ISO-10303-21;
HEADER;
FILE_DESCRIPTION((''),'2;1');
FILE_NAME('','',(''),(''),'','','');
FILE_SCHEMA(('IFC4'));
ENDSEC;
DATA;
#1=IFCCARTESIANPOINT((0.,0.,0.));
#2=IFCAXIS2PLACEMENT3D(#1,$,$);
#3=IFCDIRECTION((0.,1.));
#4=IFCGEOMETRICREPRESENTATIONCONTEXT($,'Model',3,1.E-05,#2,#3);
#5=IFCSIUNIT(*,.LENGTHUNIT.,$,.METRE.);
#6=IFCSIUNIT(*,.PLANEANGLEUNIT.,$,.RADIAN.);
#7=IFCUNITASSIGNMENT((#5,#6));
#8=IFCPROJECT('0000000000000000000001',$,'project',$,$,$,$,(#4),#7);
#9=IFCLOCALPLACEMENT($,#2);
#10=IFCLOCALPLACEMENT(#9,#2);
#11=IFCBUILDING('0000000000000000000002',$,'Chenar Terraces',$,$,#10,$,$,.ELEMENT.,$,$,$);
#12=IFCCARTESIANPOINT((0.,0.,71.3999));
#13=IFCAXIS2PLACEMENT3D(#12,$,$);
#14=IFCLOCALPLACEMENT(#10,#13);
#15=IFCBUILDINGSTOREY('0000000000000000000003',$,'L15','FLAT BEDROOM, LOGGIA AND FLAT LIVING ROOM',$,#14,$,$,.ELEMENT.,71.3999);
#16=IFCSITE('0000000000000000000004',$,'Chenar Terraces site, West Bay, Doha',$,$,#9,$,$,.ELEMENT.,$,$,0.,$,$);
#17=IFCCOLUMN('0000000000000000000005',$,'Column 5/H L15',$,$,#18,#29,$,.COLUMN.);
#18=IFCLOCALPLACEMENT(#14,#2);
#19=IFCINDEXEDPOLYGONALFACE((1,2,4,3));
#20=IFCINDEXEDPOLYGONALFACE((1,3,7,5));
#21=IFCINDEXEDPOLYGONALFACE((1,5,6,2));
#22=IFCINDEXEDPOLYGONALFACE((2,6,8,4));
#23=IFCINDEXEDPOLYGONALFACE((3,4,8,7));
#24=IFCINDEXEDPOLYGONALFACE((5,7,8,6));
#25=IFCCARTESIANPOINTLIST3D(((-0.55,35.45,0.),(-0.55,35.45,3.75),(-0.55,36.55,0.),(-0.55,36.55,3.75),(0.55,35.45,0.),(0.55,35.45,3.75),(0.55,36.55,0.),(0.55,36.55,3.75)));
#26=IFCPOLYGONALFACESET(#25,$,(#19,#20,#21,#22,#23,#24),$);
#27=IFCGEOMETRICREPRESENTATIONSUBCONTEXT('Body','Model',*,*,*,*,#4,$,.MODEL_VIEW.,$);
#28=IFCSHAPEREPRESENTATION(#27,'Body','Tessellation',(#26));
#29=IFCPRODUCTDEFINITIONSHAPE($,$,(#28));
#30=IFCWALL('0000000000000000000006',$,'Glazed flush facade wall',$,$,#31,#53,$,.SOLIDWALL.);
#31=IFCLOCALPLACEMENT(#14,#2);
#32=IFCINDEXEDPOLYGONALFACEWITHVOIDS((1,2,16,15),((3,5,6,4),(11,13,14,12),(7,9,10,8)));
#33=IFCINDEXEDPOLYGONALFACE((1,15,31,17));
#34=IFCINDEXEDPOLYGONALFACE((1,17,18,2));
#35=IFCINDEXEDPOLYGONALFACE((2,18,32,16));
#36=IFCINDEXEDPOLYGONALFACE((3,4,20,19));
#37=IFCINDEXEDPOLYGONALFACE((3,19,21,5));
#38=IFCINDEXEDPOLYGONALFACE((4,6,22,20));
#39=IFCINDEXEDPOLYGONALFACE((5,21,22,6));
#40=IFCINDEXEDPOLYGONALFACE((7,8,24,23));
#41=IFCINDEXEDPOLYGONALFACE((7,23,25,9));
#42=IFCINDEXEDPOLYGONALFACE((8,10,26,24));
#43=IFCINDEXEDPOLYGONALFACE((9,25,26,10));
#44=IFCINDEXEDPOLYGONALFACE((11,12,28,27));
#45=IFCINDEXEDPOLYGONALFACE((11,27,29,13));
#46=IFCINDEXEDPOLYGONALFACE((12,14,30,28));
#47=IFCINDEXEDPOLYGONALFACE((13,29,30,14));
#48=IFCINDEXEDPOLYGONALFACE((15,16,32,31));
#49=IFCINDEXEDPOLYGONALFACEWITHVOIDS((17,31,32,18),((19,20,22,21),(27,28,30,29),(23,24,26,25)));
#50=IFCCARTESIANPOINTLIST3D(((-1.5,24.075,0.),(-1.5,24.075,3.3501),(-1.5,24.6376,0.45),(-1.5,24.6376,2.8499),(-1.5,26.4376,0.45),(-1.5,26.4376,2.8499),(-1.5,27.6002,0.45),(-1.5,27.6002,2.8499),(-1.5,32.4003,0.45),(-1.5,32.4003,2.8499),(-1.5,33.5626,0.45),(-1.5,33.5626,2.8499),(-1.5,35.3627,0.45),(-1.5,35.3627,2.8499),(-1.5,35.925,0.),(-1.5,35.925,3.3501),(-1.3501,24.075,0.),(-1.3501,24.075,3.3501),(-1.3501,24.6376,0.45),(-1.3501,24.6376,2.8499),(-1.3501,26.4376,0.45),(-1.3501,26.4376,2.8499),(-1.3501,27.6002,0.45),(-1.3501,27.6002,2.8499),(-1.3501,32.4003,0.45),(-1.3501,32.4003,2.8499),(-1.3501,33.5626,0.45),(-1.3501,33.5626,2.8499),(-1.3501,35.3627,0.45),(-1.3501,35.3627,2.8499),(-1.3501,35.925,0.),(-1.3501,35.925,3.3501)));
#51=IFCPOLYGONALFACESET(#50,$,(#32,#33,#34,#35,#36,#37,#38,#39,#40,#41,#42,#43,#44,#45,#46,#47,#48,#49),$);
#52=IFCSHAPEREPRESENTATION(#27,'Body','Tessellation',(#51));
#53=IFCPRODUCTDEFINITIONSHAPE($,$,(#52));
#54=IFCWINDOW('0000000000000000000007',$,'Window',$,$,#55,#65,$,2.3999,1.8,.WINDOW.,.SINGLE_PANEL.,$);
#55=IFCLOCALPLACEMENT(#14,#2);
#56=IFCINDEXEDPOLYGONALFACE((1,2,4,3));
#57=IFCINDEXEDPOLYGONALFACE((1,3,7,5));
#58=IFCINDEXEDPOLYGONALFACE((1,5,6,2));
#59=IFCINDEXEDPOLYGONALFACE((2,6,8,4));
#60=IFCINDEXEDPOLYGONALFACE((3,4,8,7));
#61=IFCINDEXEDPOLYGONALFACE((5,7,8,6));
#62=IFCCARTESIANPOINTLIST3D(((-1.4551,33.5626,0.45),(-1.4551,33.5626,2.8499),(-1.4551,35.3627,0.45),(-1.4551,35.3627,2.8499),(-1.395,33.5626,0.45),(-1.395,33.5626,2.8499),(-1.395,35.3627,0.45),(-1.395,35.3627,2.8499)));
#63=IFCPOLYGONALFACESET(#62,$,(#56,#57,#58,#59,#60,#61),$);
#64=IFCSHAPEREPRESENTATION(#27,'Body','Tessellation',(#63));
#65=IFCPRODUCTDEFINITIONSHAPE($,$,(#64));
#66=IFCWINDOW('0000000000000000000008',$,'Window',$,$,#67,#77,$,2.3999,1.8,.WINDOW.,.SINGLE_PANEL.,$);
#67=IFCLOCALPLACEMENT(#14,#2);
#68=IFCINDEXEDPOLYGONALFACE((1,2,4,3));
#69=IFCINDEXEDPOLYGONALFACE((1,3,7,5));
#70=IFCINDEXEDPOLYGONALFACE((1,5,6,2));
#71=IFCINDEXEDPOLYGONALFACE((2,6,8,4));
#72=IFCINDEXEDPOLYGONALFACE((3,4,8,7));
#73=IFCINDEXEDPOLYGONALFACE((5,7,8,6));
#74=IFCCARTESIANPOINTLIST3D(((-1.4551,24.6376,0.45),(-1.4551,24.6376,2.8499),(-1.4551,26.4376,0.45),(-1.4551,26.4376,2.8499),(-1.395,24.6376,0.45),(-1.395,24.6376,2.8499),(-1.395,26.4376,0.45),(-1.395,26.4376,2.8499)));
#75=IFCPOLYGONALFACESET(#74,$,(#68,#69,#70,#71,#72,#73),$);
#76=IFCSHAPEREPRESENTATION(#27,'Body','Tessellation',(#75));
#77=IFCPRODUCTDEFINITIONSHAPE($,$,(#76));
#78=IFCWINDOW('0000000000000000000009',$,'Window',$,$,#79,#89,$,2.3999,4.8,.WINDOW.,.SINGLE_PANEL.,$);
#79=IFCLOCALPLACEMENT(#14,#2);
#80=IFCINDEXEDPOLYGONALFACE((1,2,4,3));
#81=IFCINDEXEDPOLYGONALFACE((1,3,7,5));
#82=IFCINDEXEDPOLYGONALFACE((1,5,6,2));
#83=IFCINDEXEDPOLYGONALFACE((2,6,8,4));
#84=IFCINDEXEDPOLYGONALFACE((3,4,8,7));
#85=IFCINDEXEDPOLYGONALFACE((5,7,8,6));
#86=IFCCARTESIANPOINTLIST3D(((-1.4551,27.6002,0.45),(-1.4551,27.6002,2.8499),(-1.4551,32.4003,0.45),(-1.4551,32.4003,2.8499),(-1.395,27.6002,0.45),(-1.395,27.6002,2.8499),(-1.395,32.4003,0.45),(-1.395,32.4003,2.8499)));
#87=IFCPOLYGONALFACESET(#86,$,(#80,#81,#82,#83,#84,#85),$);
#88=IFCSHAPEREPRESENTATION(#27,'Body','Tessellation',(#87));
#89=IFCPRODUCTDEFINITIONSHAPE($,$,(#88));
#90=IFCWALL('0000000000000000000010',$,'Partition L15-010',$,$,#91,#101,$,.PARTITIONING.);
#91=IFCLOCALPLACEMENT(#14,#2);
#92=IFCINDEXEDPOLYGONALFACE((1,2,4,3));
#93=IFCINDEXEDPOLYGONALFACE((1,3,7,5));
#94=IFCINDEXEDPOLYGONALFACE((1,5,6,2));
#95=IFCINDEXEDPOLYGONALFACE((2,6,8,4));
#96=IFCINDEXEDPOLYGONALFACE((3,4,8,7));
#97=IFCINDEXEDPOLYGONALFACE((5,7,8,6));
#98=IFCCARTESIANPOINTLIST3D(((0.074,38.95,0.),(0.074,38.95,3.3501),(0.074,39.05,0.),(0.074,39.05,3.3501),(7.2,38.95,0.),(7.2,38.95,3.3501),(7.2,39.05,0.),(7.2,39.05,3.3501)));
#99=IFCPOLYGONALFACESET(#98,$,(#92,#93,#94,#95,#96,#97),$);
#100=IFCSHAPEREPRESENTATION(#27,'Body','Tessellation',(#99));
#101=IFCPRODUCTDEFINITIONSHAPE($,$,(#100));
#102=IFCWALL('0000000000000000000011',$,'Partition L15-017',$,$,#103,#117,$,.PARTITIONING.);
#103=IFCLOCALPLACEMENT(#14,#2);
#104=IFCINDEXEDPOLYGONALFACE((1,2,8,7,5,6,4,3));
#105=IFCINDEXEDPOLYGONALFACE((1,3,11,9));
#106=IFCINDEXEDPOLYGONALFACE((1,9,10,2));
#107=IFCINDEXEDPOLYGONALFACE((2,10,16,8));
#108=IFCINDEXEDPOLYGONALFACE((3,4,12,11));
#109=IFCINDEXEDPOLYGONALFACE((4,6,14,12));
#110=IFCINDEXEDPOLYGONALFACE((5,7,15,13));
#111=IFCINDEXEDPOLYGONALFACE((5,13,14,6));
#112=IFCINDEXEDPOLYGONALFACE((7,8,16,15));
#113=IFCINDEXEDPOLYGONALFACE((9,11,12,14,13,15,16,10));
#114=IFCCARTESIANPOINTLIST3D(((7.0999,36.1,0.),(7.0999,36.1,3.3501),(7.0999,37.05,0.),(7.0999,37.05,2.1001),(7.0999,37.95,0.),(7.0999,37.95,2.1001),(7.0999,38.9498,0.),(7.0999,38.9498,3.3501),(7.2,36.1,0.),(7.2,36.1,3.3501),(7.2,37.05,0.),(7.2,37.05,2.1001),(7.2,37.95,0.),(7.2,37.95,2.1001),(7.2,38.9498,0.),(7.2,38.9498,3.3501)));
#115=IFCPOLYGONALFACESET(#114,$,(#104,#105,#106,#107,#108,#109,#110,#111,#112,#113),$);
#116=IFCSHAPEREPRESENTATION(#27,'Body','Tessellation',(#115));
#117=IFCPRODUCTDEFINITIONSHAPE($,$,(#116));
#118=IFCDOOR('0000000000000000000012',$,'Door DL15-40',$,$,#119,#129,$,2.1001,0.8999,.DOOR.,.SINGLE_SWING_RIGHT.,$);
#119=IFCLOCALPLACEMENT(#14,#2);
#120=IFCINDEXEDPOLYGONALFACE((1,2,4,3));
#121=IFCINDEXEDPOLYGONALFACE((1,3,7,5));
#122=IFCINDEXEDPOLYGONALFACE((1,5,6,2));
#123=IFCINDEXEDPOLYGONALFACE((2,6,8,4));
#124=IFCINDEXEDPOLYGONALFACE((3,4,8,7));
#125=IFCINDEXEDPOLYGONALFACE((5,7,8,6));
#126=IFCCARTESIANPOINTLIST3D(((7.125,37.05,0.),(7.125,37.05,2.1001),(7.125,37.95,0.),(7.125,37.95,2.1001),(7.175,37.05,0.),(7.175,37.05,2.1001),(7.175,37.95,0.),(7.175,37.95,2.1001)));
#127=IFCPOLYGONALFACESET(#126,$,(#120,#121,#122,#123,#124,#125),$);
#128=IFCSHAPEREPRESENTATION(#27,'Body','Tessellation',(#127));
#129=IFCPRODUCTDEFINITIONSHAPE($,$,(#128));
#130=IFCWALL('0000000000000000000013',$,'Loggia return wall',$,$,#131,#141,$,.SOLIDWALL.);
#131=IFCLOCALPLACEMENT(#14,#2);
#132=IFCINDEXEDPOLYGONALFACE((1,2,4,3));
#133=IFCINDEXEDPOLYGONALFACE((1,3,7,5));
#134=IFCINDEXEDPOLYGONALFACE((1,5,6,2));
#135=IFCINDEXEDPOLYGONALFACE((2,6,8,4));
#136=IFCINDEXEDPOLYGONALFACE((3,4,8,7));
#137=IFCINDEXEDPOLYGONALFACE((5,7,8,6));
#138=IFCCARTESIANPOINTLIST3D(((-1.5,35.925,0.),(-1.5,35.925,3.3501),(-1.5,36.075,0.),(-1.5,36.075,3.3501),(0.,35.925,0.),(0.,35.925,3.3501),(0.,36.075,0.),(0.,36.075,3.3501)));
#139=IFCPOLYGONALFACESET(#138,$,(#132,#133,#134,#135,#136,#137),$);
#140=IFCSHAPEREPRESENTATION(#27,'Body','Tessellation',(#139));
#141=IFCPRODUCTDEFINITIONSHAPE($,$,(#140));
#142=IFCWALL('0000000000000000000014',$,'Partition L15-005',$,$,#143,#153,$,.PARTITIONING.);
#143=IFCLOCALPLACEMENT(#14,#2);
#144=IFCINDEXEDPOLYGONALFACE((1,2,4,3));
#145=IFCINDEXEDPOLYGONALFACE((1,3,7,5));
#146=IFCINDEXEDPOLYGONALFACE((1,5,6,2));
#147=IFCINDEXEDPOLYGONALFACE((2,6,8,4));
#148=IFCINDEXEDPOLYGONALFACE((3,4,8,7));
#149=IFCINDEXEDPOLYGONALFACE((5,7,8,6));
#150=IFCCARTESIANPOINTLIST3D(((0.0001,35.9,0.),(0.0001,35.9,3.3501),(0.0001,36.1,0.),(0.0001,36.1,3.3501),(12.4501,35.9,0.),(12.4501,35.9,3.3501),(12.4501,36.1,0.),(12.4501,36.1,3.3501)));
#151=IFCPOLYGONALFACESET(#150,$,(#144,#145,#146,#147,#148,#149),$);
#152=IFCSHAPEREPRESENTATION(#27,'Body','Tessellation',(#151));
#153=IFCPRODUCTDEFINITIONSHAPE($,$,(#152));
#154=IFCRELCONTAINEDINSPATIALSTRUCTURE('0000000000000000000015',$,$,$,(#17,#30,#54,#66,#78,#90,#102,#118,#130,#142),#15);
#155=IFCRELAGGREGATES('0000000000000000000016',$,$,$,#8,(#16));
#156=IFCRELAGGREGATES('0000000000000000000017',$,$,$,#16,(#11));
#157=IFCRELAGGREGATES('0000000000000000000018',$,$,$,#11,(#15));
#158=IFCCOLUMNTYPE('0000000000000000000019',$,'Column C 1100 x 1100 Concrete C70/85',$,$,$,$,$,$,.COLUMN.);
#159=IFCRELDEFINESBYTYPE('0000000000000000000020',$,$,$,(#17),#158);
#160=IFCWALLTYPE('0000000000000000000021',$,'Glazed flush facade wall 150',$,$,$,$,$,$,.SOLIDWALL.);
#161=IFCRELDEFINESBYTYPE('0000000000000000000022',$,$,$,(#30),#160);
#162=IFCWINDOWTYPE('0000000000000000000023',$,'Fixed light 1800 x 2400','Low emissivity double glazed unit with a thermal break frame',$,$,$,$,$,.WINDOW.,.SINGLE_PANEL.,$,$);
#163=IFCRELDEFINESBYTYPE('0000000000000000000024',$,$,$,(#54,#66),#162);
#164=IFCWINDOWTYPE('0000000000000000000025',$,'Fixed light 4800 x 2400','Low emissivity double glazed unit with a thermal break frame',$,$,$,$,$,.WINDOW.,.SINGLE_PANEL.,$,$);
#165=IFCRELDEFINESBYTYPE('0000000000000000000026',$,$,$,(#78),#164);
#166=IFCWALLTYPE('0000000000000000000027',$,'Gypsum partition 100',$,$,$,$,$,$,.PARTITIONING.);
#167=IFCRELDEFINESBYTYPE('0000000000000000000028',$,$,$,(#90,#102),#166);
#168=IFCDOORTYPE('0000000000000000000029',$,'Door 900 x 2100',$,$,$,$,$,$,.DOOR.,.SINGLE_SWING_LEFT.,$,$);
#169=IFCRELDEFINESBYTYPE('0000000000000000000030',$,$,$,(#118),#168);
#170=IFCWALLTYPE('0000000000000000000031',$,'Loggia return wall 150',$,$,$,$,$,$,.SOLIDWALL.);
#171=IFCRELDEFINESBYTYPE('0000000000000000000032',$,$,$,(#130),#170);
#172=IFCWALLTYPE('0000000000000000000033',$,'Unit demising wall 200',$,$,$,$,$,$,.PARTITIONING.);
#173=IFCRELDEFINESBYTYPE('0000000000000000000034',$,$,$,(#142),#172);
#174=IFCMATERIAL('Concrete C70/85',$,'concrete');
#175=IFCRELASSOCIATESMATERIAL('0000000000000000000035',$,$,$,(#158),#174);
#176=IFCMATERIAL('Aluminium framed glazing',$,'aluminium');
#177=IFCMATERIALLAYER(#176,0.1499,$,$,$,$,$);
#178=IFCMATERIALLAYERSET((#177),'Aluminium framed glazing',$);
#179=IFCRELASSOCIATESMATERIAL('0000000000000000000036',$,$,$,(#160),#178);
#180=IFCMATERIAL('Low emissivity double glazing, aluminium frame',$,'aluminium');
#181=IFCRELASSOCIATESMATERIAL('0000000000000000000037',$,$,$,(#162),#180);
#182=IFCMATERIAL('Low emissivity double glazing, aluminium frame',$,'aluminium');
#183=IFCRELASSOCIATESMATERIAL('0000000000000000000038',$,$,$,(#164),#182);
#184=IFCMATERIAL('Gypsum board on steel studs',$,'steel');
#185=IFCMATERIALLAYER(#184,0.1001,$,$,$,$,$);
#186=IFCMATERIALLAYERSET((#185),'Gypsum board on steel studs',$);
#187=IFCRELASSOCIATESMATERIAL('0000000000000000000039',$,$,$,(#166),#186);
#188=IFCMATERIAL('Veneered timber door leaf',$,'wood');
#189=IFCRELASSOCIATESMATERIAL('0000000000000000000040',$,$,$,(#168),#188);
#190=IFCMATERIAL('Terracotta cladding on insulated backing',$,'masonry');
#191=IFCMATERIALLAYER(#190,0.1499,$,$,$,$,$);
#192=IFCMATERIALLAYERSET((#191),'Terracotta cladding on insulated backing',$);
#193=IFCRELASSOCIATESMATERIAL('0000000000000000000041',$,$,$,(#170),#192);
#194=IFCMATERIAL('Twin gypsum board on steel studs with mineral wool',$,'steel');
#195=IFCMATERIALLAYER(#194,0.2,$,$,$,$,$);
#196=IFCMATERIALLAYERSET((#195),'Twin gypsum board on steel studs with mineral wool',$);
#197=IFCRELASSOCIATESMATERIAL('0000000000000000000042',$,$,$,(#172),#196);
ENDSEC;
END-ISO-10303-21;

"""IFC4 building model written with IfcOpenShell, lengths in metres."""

from ifc_helpers import new_model, si_unit, direction, frame, frame_2d, origin, origin_2d, place, context, subcontext, project, spatial, rectangle, extrude, material, layer, layer_set, material_profile, profile_set, type_object, element, fill, save


model = new_model("IFC4")

# Units and contexts
model_context = context("Model", 3, precision=1e-05, world=origin(), true_north=direction((0.0, 1.0)))
body_context = subcontext(model_context, "Body", "Model", "MODEL_VIEW")
ifc_project = project(units=[si_unit("LENGTHUNIT", "METRE"), si_unit("PLANEANGLEUNIT", "RADIAN")], contexts=[model_context])

# Site, building, storey
site_placement = place(None, origin())
site = spatial("IfcSite", under=ifc_project, at=site_placement, Name="Chenar Terraces site, West Bay, Doha", CompositionType="ELEMENT", RefElevation=0.0)
building_placement = place(site_placement, origin())
building = spatial("IfcBuilding", under=site, at=building_placement, Name="Chenar Terraces", CompositionType="ELEMENT")
storey_placement = place(building_placement, frame((0.0, 0.0, 71.3999)))
storey = spatial("IfcBuildingStorey", under=building, at=storey_placement, Name="L15", Description="FLAT BEDROOM, LOGGIA AND FLAT LIVING ROOM", CompositionType="ELEMENT", Elevation=71.3999)

# Column
ifc_material_1 = material(Name="Concrete C70/85", Category="concrete")
ifc_material_profile_1 = material_profile(ifc_material_1, rectangle(XDim=1.1001, YDim=1.1001, at=origin_2d()), Name="C 1100 x 1100")
ifc_profile_set_1 = profile_set([ifc_material_profile_1], Name="Concrete C70/85")
column_type = type_object("IfcColumnType", Name="Column C 1100 x 1100 Concrete C70/85", PredefinedType="COLUMN", material=ifc_profile_set_1)
placement = place(storey_placement, frame((0.0, 36.0, 0.0), z_axis=(0.0, 0.0, 1.0), x_axis=(1.0, 0.0, 0.0)))
element("IfcColumn", 1, at=placement, inside=storey, type_object=column_type, Name="Column 5/H L15", PredefinedType="COLUMN", context=body_context, shape_type="SweptSolid", body=[
    extrude(rectangle(XDim=1.1001, YDim=1.1001, at=origin_2d()), origin(), (0.0, 0.0, 1.0), 3.75),
])

# Wall, openings, windows
ifc_material_2 = material(Name="Aluminium framed glazing", Category="aluminium")
ifc_layer_1 = layer(ifc_material_2, 0.1499)
ifc_layer_set_1 = layer_set([ifc_layer_1], Name="Aluminium framed glazing")
wall_type_1 = type_object("IfcWallType", Name="Glazed flush facade wall 150", PredefinedType="SOLIDWALL", material=ifc_layer_set_1)
wall_1_placement = place(storey_placement, frame((-1.425, 35.925, 0.0), z_axis=(0.0, 0.0, 1.0), x_axis=(0.0, -1.0, 0.0)))
wall_1 = element("IfcWall", 2, at=wall_1_placement, inside=storey, type_object=wall_type_1, Name="Glazed flush facade wall", PredefinedType="SOLIDWALL", context=body_context, shape_type="SweptSolid", body=[
    extrude(rectangle(XDim=11.8501, YDim=0.1499, at=frame_2d((5.925, 0.0))), origin(), (0.0, 0.0, 1.0), 3.3501),
])
opening_1_placement = place(wall_1_placement, frame((0.5625, 0.0, 0.45)))
opening_1 = element("IfcOpeningElement", 3, at=opening_1_placement, cuts=wall_1, PredefinedType="OPENING", context=body_context, shape_type="SweptSolid", body=[
    extrude(rectangle(XDim=1.8, YDim=2.3999, at=frame_2d((0.8999, 1.2))), frame((0.0, 0.085, 0.0), z_axis=(0.0, -1.0, 0.0), x_axis=(1.0, 0.0, 0.0)), (0.0, 0.0, 1.0), 0.1699),
])
opening_2_placement = place(wall_1_placement, frame((3.5249, 0.0, 0.45)))
opening_2 = element("IfcOpeningElement", 4, at=opening_2_placement, cuts=wall_1, PredefinedType="OPENING", context=body_context, shape_type="SweptSolid", body=[
    extrude(rectangle(XDim=4.8, YDim=2.3999, at=frame_2d((2.3999, 1.2))), frame((0.0, 0.085, 0.0), z_axis=(0.0, -1.0, 0.0), x_axis=(1.0, 0.0, 0.0)), (0.0, 0.0, 1.0), 0.1699),
])
opening_3_placement = place(wall_1_placement, frame((9.4875, 0.0, 0.45)))
opening_3 = element("IfcOpeningElement", 5, at=opening_3_placement, cuts=wall_1, PredefinedType="OPENING", context=body_context, shape_type="SweptSolid", body=[
    extrude(rectangle(XDim=1.8, YDim=2.3999, at=frame_2d((0.8999, 1.2))), frame((0.0, 0.085, 0.0), z_axis=(0.0, -1.0, 0.0), x_axis=(1.0, 0.0, 0.0)), (0.0, 0.0, 1.0), 0.1699),
])
ifc_material_3 = material(Name="Low emissivity double glazing, aluminium frame", Category="aluminium")
window_type_1 = type_object("IfcWindowType", Name="Fixed light 1800 x 2400", Description="Low emissivity double glazed unit with a thermal break frame", PartitioningType="SINGLE_PANEL", PredefinedType="WINDOW", material=ifc_material_3)
window_1_placement = place(opening_1_placement, origin())
window_1 = element("IfcWindow", 6, at=window_1_placement, inside=storey, type_object=window_type_1, Name="Window", OverallHeight=2.3999, OverallWidth=1.8, PartitioningType="SINGLE_PANEL", PredefinedType="WINDOW", context=body_context, shape_type="SweptSolid", body=[
    extrude(rectangle(XDim=1.8, YDim=2.3999, at=frame_2d((0.8999, 1.2))), frame((0.0, 0.03, 0.0), z_axis=(0.0, -1.0, 0.0), x_axis=(1.0, 0.0, 0.0)), (0.0, 0.0, 1.0), 0.0601),
])
fill(opening_1, window_1)
window_2_placement = place(opening_3_placement, origin())
window_2 = element("IfcWindow", 7, at=window_2_placement, inside=storey, type_object=window_type_1, Name="Window", OverallHeight=2.3999, OverallWidth=1.8, PartitioningType="SINGLE_PANEL", PredefinedType="WINDOW", context=body_context, shape_type="SweptSolid", body=[
    extrude(rectangle(XDim=1.8, YDim=2.3999, at=frame_2d((0.8999, 1.2))), frame((0.0, 0.03, 0.0), z_axis=(0.0, -1.0, 0.0), x_axis=(1.0, 0.0, 0.0)), (0.0, 0.0, 1.0), 0.0601),
])
fill(opening_3, window_2)
ifc_material_4 = material(Name="Low emissivity double glazing, aluminium frame", Category="aluminium")
window_type_2 = type_object("IfcWindowType", Name="Fixed light 4800 x 2400", Description="Low emissivity double glazed unit with a thermal break frame", PartitioningType="SINGLE_PANEL", PredefinedType="WINDOW", material=ifc_material_4)
window_3_placement = place(opening_2_placement, origin())
window_3 = element("IfcWindow", 8, at=window_3_placement, inside=storey, type_object=window_type_2, Name="Window", OverallHeight=2.3999, OverallWidth=4.8, PartitioningType="SINGLE_PANEL", PredefinedType="WINDOW", context=body_context, shape_type="SweptSolid", body=[
    extrude(rectangle(XDim=4.8, YDim=2.3999, at=frame_2d((2.3999, 1.2))), frame((0.0, 0.03, 0.0), z_axis=(0.0, -1.0, 0.0), x_axis=(1.0, 0.0, 0.0)), (0.0, 0.0, 1.0), 0.0601),
])
fill(opening_2, window_3)

# Wall
ifc_material_5 = material(Name="Gypsum board on steel studs", Category="steel")
ifc_layer_2 = layer(ifc_material_5, 0.1001)
ifc_layer_set_2 = layer_set([ifc_layer_2], Name="Gypsum board on steel studs")
wall_type_2 = type_object("IfcWallType", Name="Gypsum partition 100", PredefinedType="PARTITIONING", material=ifc_layer_set_2)
wall_2_placement = place(storey_placement, frame((0.074, 39.0, 0.0), z_axis=(0.0, 0.0, 1.0), x_axis=(1.0, 0.0, 0.0)))
element("IfcWall", 9, at=wall_2_placement, inside=storey, type_object=wall_type_2, Name="Partition L15-010", PredefinedType="PARTITIONING", context=body_context, shape_type="SweptSolid", body=[
    extrude(rectangle(XDim=7.126, YDim=0.1001, at=frame_2d((3.563, 0.0))), origin(), (0.0, 0.0, 1.0), 3.3501),
])

# Wall, opening, door
wall_3_placement = place(storey_placement, frame((7.1499, 36.1001, 0.0), z_axis=(0.0, 0.0, 1.0), x_axis=(0.0, 1.0, 0.0)))
wall_3 = element("IfcWall", 10, at=wall_3_placement, inside=storey, type_object=wall_type_2, Name="Partition L15-017", PredefinedType="PARTITIONING", context=body_context, shape_type="SweptSolid", body=[
    extrude(rectangle(XDim=2.8499, YDim=0.1001, at=frame_2d((1.4248, 0.0))), origin(), (0.0, 0.0, 1.0), 3.3501),
])
opening_4_placement = place(wall_3_placement, frame((0.95, 0.0, 0.0)))
opening_4 = element("IfcOpeningElement", 11, at=opening_4_placement, cuts=wall_3, PredefinedType="OPENING", context=body_context, shape_type="SweptSolid", body=[
    extrude(rectangle(XDim=0.8999, YDim=2.1001, at=frame_2d((0.45, 1.05))), frame((0.0, 0.0601, 0.0), z_axis=(0.0, -1.0, 0.0), x_axis=(1.0, 0.0, 0.0)), (0.0, 0.0, 1.0), 0.1201),
])
ifc_material_6 = material(Name="Veneered timber door leaf", Category="wood")
door_type_1 = type_object("IfcDoorType", Name="Door 900 x 2100", OperationType="SINGLE_SWING_LEFT", PredefinedType="DOOR", material=ifc_material_6)
door_1_placement = place(opening_4_placement, origin())
door_1 = element("IfcDoor", 12, at=door_1_placement, inside=storey, type_object=door_type_1, Name="Door DL15-40", OperationType="SINGLE_SWING_RIGHT", OverallHeight=2.1001, OverallWidth=0.8999, PredefinedType="DOOR", context=body_context, shape_type="SweptSolid", body=[
    extrude(rectangle(XDim=0.8999, YDim=2.1001, at=frame_2d((0.45, 1.05))), frame((0.0, 0.0249, 0.0), z_axis=(0.0, -1.0, 0.0), x_axis=(1.0, 0.0, 0.0)), (0.0, 0.0, 1.0), 0.05),
])
fill(opening_4, door_1)

# Walls
ifc_material_7 = material(Name="Terracotta cladding on insulated backing", Category="masonry")
ifc_layer_3 = layer(ifc_material_7, 0.1499)
ifc_layer_set_3 = layer_set([ifc_layer_3], Name="Terracotta cladding on insulated backing")
wall_type_3 = type_object("IfcWallType", Name="Loggia return wall 150", PredefinedType="SOLIDWALL", material=ifc_layer_set_3)
wall_4_placement = place(storey_placement, frame((-1.5, 36.0, 0.0), z_axis=(0.0, 0.0, 1.0), x_axis=(1.0, 0.0, 0.0)))
element("IfcWall", 13, at=wall_4_placement, inside=storey, type_object=wall_type_3, Name="Loggia return wall", PredefinedType="SOLIDWALL", context=body_context, shape_type="SweptSolid", body=[
    extrude(rectangle(XDim=1.5, YDim=0.1499, at=frame_2d((0.75, 0.0))), origin(), (0.0, 0.0, 1.0), 3.3501),
])
ifc_material_8 = material(Name="Twin gypsum board on steel studs with mineral wool", Category="steel")
ifc_layer_4 = layer(ifc_material_8, 0.2)
ifc_layer_set_4 = layer_set([ifc_layer_4], Name="Twin gypsum board on steel studs with mineral wool")
wall_type_4 = type_object("IfcWallType", Name="Unit demising wall 200", PredefinedType="PARTITIONING", material=ifc_layer_set_4)
element("IfcWall", 14, at=placement, inside=storey, type_object=wall_type_4, Name="Partition L15-005", PredefinedType="PARTITIONING", context=body_context, shape_type="SweptSolid", body=[
    extrude(rectangle(XDim=12.45, YDim=0.2, at=frame_2d((6.2251, 0.0))), origin(), (0.0, 0.0, 1.0), 3.3501),
])

save(model, "model.ifc")
